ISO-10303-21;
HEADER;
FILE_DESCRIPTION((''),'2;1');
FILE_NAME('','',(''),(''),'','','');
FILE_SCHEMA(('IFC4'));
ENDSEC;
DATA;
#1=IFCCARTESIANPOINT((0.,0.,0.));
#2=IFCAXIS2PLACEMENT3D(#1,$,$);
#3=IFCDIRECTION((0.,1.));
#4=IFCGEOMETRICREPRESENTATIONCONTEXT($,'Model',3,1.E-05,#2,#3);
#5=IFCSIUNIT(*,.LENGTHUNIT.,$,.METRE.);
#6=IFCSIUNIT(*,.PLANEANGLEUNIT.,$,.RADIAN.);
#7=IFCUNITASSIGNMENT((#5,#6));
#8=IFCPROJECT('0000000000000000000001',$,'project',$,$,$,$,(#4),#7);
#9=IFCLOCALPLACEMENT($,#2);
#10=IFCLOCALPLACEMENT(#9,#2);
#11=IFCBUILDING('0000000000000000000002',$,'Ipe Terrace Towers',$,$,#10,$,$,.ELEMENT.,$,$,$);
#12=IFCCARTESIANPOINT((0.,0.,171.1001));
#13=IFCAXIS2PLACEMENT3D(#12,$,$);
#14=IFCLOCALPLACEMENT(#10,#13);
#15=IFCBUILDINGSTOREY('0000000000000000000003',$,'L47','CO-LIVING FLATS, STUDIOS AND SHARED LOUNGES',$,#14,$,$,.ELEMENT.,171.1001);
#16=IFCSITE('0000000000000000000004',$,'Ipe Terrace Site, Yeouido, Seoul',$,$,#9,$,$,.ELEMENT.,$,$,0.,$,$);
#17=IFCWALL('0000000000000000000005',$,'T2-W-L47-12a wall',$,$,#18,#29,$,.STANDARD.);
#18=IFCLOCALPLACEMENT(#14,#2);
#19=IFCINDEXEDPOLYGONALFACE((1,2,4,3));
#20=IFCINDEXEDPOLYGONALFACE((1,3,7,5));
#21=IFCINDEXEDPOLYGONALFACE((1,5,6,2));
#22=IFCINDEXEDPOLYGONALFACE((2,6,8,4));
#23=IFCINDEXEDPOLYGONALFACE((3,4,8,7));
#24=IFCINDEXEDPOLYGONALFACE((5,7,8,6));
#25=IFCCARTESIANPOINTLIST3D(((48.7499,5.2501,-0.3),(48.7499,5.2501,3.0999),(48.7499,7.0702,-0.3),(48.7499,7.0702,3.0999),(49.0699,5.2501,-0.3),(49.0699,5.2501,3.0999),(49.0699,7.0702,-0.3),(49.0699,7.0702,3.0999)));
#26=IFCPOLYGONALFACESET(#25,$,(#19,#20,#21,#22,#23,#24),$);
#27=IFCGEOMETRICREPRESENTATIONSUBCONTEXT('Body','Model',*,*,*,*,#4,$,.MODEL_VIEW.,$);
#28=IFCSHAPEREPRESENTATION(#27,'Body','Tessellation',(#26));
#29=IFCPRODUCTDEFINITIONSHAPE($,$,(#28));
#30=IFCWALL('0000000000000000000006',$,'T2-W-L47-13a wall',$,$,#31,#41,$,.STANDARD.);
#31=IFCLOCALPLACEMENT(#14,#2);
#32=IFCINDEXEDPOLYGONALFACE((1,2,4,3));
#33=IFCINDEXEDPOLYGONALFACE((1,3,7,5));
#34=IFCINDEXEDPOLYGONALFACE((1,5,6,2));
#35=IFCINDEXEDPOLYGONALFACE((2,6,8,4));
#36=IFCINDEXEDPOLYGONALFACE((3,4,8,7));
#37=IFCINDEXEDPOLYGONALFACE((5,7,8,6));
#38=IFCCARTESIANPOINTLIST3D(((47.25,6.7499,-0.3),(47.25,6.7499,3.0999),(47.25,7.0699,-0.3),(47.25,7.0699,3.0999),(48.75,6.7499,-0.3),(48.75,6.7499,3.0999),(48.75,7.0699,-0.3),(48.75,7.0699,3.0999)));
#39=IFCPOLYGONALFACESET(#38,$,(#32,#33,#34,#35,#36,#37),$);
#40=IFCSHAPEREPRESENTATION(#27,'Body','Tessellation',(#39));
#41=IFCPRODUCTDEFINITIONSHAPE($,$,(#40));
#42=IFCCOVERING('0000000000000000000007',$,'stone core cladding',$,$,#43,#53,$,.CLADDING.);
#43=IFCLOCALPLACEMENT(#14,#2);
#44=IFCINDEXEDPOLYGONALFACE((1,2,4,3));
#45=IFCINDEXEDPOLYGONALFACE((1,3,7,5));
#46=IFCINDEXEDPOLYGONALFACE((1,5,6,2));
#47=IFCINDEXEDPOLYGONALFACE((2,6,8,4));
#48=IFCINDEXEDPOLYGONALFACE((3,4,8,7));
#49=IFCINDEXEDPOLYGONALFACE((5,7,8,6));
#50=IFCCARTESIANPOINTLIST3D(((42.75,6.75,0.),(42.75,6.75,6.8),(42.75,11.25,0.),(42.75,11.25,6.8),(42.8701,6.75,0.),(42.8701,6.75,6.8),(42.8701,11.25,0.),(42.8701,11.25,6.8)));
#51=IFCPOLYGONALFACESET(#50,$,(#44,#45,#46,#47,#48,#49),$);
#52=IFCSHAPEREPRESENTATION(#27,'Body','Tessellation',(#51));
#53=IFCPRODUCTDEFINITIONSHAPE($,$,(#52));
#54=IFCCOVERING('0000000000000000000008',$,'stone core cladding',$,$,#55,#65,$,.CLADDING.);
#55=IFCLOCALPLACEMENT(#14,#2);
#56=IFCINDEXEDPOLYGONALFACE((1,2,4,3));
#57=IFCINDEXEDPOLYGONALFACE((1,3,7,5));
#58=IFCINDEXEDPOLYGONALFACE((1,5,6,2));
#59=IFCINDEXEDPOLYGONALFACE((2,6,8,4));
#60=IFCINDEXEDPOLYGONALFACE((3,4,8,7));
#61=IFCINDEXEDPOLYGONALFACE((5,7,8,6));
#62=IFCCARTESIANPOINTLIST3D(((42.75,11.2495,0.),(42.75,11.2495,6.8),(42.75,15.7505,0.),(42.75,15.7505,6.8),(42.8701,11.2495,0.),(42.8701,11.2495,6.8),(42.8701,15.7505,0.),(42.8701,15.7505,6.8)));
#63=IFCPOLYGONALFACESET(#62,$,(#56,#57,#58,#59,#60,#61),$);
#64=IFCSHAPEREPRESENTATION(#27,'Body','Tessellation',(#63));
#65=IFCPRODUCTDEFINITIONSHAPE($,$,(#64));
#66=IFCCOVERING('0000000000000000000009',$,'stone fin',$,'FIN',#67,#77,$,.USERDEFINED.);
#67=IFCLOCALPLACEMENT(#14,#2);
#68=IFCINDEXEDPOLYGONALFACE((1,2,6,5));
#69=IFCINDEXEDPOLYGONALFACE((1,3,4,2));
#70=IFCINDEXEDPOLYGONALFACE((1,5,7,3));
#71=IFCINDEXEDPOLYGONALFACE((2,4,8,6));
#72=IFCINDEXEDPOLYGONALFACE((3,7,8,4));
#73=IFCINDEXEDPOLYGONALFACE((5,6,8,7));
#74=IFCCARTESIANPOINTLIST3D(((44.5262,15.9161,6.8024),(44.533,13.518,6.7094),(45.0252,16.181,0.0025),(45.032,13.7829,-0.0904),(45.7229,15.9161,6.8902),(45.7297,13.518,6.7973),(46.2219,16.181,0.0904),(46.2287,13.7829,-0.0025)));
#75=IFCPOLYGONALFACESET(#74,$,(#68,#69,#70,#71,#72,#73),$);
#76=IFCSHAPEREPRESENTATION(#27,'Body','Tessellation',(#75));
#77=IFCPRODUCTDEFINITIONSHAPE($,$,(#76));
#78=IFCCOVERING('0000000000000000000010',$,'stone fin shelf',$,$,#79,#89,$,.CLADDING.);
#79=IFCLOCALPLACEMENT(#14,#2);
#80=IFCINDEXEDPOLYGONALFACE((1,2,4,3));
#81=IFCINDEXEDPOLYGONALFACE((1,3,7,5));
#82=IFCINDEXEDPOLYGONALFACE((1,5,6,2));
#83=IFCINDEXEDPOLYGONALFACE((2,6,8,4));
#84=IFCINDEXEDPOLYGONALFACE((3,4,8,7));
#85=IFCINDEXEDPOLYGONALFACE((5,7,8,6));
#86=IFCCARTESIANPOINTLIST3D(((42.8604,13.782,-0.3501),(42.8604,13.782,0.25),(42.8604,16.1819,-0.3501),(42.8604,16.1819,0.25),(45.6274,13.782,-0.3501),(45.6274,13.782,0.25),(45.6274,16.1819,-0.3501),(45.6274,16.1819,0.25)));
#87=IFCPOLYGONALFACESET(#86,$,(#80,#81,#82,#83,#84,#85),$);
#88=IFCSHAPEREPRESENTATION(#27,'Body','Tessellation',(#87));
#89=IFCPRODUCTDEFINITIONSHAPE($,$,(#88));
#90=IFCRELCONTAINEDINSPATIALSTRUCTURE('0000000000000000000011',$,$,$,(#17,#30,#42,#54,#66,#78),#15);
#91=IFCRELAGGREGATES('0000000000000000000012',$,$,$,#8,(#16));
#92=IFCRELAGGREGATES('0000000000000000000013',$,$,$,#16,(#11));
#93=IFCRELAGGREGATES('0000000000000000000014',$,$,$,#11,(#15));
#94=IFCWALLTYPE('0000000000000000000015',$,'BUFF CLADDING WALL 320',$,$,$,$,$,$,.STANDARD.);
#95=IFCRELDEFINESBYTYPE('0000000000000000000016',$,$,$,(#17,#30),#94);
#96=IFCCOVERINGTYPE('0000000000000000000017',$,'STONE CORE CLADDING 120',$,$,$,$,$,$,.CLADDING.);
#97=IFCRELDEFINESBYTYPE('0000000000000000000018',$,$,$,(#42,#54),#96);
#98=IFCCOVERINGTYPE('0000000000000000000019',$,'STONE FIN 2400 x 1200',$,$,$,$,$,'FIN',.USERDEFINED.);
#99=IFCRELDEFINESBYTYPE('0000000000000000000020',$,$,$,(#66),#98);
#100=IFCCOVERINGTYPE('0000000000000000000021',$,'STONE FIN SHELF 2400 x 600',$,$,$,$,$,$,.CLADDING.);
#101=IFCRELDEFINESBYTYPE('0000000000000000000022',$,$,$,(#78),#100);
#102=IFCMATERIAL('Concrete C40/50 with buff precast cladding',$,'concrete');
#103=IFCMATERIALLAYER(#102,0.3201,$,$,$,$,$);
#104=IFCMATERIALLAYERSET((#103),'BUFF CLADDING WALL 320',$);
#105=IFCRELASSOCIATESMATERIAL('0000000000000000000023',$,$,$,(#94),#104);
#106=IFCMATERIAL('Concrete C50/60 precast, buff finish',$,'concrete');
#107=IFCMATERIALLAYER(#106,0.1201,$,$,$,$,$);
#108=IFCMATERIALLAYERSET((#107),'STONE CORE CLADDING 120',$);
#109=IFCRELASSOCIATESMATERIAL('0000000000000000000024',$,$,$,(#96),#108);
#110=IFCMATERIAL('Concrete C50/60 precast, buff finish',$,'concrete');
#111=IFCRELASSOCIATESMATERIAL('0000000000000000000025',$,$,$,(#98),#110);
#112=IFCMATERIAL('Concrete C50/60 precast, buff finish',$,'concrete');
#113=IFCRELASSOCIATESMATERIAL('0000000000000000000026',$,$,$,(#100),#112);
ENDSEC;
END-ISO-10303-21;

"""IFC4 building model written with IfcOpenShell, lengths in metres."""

from ifc_helpers import new_model, si_unit, direction, frame, frame_2d, origin, origin_2d, place, context, subcontext, project, spatial, rectangle, extrude, material, layer, layer_set, material_profile, profile_set, type_object, element, save


model = new_model("IFC4")

# Units and contexts
model_context = context("Model", 3, precision=1e-05, world=origin(), true_north=direction((0.0, 1.0)))
body_context = subcontext(model_context, "Body", "Model", "MODEL_VIEW")
ifc_project = project(units=[si_unit("LENGTHUNIT", "METRE"), si_unit("PLANEANGLEUNIT", "RADIAN")], contexts=[model_context])

# Site, building, storey
site_placement = place(None, origin())
site = spatial("IfcSite", under=ifc_project, at=site_placement, Name="Ipe Terrace Site, Yeouido, Seoul", CompositionType="ELEMENT", RefElevation=0.0)
building_placement = place(site_placement, origin())
building = spatial("IfcBuilding", under=site, at=building_placement, Name="Ipe Terrace Towers", CompositionType="ELEMENT")
storey_placement = place(building_placement, frame((0.0, 0.0, 171.1001)))
storey = spatial("IfcBuildingStorey", under=building, at=storey_placement, Name="L47", Description="CO-LIVING FLATS, STUDIOS AND SHARED LOUNGES", CompositionType="ELEMENT", Elevation=171.1001)

# Walls
ifc_material_1 = material(Name="Concrete C40/50 with buff precast cladding", Category="concrete")
ifc_layer_1 = layer(ifc_material_1, 0.3201)
ifc_layer_set_1 = layer_set([ifc_layer_1], Name="BUFF CLADDING WALL 320")
wall_type = type_object("IfcWallType", Name="BUFF CLADDING WALL 320", PredefinedType="STANDARD", material=ifc_layer_set_1)
wall_1_placement = place(storey_placement, frame((48.9099, 5.25, -0.3), z_axis=(0.0, 0.0, 1.0), x_axis=(0.0, 1.0, 0.0)))
element("IfcWall", 1, at=wall_1_placement, inside=storey, type_object=wall_type, Name="T2-W-L47-12a wall", PredefinedType="STANDARD", context=body_context, shape_type="SweptSolid", body=[
    extrude(rectangle(XDim=1.8201, YDim=0.3201, at=frame_2d((0.9102, 0.0))), origin(), (0.0, 0.0, 1.0), 3.3999),
])
wall_2_placement = place(storey_placement, frame((48.75, 6.9099, -0.3), z_axis=(0.0, 0.0, 1.0), x_axis=(-1.0, 0.0, 0.0)))
element("IfcWall", 2, at=wall_2_placement, inside=storey, type_object=wall_type, Name="T2-W-L47-13a wall", PredefinedType="STANDARD", context=body_context, shape_type="SweptSolid", body=[
    extrude(rectangle(XDim=1.5, YDim=0.3201, at=frame_2d((0.75, 0.0))), origin(), (0.0, 0.0, 1.0), 3.3999),
])

# Coverings
ifc_material_2 = material(Name="Concrete C50/60 precast, buff finish", Category="concrete")
ifc_layer_2 = layer(ifc_material_2, 0.1201)
ifc_layer_set_2 = layer_set([ifc_layer_2], Name="STONE CORE CLADDING 120")
covering_type_1 = type_object("IfcCoveringType", Name="STONE CORE CLADDING 120", PredefinedType="CLADDING", material=ifc_layer_set_2)
covering_1_placement = place(storey_placement, frame((42.8101, 9.0, 0.0), z_axis=(0.0, 0.0, 1.0), x_axis=(0.0, 1.0, 0.0)))
element("IfcCovering", 3, at=covering_1_placement, inside=storey, type_object=covering_type_1, Name="stone core cladding", PredefinedType="CLADDING", context=body_context, shape_type="SweptSolid", body=[
    extrude(rectangle(XDim=4.5, YDim=0.1201, at=origin_2d()), origin(), (0.0, 0.0, 1.0), 6.8),
])
covering_2_placement = place(storey_placement, frame((42.8101, 13.5, 0.0), z_axis=(0.0, 0.0, 1.0), x_axis=(0.0, 1.0, 0.0)))
element("IfcCovering", 4, at=covering_2_placement, inside=storey, type_object=covering_type_1, Name="stone core cladding", PredefinedType="CLADDING", context=body_context, shape_type="SweptSolid", body=[
    extrude(rectangle(XDim=4.501, YDim=0.1201, at=origin_2d()), origin(), (0.0, 0.0, 1.0), 6.8),
])
ifc_material_3 = material(Name="Concrete C50/60 precast, buff finish", Category="concrete")
ifc_material_profile_1 = material_profile(ifc_material_3, rectangle(XDim=2.3999, YDim=1.2, at=origin_2d()), Name="STONE FIN 2400 x 1200")
ifc_profile_set_1 = profile_set([ifc_material_profile_1], Name="Concrete C50/60 precast, buff finish")
covering_type_2 = type_object("IfcCoveringType", Name="STONE FIN 2400 x 1200", ElementType="FIN", PredefinedType="USERDEFINED", material=ifc_profile_set_1)
covering_3_placement = place(storey_placement, frame((45.627, 14.9819, 0.0), z_axis=(-0.073136, -0.038822, 0.996566), x_axis=(-0.002841, 0.999246, 0.038718)))
element("IfcCovering", 5, at=covering_3_placement, inside=storey, type_object=covering_type_2, Name="stone fin", ObjectType="FIN", PredefinedType="USERDEFINED", context=body_context, shape_type="SweptSolid", body=[
    extrude(rectangle(XDim=2.3999, YDim=1.2, at=origin_2d()), origin(), (0.0, 0.0, 1.0), 6.8232),
])
ifc_material_4 = material(Name="Concrete C50/60 precast, buff finish", Category="concrete")
covering_type_3 = type_object("IfcCoveringType", Name="STONE FIN SHELF 2400 x 600", PredefinedType="CLADDING", material=ifc_material_4)
covering_4_placement = place(storey_placement, frame((44.2439, 14.9819, -0.3501), z_axis=(0.0, 0.0, 1.0), x_axis=(0.0, 1.0, 0.0)))
element("IfcCovering", 6, at=covering_4_placement, inside=storey, type_object=covering_type_3, Name="stone fin shelf", PredefinedType="CLADDING", context=body_context, shape_type="SweptSolid", body=[
    extrude(rectangle(XDim=2.3999, YDim=2.7671, at=origin_2d()), origin(), (0.0, 0.0, 1.0), 0.6001),
])

save(model, "model.ifc")
